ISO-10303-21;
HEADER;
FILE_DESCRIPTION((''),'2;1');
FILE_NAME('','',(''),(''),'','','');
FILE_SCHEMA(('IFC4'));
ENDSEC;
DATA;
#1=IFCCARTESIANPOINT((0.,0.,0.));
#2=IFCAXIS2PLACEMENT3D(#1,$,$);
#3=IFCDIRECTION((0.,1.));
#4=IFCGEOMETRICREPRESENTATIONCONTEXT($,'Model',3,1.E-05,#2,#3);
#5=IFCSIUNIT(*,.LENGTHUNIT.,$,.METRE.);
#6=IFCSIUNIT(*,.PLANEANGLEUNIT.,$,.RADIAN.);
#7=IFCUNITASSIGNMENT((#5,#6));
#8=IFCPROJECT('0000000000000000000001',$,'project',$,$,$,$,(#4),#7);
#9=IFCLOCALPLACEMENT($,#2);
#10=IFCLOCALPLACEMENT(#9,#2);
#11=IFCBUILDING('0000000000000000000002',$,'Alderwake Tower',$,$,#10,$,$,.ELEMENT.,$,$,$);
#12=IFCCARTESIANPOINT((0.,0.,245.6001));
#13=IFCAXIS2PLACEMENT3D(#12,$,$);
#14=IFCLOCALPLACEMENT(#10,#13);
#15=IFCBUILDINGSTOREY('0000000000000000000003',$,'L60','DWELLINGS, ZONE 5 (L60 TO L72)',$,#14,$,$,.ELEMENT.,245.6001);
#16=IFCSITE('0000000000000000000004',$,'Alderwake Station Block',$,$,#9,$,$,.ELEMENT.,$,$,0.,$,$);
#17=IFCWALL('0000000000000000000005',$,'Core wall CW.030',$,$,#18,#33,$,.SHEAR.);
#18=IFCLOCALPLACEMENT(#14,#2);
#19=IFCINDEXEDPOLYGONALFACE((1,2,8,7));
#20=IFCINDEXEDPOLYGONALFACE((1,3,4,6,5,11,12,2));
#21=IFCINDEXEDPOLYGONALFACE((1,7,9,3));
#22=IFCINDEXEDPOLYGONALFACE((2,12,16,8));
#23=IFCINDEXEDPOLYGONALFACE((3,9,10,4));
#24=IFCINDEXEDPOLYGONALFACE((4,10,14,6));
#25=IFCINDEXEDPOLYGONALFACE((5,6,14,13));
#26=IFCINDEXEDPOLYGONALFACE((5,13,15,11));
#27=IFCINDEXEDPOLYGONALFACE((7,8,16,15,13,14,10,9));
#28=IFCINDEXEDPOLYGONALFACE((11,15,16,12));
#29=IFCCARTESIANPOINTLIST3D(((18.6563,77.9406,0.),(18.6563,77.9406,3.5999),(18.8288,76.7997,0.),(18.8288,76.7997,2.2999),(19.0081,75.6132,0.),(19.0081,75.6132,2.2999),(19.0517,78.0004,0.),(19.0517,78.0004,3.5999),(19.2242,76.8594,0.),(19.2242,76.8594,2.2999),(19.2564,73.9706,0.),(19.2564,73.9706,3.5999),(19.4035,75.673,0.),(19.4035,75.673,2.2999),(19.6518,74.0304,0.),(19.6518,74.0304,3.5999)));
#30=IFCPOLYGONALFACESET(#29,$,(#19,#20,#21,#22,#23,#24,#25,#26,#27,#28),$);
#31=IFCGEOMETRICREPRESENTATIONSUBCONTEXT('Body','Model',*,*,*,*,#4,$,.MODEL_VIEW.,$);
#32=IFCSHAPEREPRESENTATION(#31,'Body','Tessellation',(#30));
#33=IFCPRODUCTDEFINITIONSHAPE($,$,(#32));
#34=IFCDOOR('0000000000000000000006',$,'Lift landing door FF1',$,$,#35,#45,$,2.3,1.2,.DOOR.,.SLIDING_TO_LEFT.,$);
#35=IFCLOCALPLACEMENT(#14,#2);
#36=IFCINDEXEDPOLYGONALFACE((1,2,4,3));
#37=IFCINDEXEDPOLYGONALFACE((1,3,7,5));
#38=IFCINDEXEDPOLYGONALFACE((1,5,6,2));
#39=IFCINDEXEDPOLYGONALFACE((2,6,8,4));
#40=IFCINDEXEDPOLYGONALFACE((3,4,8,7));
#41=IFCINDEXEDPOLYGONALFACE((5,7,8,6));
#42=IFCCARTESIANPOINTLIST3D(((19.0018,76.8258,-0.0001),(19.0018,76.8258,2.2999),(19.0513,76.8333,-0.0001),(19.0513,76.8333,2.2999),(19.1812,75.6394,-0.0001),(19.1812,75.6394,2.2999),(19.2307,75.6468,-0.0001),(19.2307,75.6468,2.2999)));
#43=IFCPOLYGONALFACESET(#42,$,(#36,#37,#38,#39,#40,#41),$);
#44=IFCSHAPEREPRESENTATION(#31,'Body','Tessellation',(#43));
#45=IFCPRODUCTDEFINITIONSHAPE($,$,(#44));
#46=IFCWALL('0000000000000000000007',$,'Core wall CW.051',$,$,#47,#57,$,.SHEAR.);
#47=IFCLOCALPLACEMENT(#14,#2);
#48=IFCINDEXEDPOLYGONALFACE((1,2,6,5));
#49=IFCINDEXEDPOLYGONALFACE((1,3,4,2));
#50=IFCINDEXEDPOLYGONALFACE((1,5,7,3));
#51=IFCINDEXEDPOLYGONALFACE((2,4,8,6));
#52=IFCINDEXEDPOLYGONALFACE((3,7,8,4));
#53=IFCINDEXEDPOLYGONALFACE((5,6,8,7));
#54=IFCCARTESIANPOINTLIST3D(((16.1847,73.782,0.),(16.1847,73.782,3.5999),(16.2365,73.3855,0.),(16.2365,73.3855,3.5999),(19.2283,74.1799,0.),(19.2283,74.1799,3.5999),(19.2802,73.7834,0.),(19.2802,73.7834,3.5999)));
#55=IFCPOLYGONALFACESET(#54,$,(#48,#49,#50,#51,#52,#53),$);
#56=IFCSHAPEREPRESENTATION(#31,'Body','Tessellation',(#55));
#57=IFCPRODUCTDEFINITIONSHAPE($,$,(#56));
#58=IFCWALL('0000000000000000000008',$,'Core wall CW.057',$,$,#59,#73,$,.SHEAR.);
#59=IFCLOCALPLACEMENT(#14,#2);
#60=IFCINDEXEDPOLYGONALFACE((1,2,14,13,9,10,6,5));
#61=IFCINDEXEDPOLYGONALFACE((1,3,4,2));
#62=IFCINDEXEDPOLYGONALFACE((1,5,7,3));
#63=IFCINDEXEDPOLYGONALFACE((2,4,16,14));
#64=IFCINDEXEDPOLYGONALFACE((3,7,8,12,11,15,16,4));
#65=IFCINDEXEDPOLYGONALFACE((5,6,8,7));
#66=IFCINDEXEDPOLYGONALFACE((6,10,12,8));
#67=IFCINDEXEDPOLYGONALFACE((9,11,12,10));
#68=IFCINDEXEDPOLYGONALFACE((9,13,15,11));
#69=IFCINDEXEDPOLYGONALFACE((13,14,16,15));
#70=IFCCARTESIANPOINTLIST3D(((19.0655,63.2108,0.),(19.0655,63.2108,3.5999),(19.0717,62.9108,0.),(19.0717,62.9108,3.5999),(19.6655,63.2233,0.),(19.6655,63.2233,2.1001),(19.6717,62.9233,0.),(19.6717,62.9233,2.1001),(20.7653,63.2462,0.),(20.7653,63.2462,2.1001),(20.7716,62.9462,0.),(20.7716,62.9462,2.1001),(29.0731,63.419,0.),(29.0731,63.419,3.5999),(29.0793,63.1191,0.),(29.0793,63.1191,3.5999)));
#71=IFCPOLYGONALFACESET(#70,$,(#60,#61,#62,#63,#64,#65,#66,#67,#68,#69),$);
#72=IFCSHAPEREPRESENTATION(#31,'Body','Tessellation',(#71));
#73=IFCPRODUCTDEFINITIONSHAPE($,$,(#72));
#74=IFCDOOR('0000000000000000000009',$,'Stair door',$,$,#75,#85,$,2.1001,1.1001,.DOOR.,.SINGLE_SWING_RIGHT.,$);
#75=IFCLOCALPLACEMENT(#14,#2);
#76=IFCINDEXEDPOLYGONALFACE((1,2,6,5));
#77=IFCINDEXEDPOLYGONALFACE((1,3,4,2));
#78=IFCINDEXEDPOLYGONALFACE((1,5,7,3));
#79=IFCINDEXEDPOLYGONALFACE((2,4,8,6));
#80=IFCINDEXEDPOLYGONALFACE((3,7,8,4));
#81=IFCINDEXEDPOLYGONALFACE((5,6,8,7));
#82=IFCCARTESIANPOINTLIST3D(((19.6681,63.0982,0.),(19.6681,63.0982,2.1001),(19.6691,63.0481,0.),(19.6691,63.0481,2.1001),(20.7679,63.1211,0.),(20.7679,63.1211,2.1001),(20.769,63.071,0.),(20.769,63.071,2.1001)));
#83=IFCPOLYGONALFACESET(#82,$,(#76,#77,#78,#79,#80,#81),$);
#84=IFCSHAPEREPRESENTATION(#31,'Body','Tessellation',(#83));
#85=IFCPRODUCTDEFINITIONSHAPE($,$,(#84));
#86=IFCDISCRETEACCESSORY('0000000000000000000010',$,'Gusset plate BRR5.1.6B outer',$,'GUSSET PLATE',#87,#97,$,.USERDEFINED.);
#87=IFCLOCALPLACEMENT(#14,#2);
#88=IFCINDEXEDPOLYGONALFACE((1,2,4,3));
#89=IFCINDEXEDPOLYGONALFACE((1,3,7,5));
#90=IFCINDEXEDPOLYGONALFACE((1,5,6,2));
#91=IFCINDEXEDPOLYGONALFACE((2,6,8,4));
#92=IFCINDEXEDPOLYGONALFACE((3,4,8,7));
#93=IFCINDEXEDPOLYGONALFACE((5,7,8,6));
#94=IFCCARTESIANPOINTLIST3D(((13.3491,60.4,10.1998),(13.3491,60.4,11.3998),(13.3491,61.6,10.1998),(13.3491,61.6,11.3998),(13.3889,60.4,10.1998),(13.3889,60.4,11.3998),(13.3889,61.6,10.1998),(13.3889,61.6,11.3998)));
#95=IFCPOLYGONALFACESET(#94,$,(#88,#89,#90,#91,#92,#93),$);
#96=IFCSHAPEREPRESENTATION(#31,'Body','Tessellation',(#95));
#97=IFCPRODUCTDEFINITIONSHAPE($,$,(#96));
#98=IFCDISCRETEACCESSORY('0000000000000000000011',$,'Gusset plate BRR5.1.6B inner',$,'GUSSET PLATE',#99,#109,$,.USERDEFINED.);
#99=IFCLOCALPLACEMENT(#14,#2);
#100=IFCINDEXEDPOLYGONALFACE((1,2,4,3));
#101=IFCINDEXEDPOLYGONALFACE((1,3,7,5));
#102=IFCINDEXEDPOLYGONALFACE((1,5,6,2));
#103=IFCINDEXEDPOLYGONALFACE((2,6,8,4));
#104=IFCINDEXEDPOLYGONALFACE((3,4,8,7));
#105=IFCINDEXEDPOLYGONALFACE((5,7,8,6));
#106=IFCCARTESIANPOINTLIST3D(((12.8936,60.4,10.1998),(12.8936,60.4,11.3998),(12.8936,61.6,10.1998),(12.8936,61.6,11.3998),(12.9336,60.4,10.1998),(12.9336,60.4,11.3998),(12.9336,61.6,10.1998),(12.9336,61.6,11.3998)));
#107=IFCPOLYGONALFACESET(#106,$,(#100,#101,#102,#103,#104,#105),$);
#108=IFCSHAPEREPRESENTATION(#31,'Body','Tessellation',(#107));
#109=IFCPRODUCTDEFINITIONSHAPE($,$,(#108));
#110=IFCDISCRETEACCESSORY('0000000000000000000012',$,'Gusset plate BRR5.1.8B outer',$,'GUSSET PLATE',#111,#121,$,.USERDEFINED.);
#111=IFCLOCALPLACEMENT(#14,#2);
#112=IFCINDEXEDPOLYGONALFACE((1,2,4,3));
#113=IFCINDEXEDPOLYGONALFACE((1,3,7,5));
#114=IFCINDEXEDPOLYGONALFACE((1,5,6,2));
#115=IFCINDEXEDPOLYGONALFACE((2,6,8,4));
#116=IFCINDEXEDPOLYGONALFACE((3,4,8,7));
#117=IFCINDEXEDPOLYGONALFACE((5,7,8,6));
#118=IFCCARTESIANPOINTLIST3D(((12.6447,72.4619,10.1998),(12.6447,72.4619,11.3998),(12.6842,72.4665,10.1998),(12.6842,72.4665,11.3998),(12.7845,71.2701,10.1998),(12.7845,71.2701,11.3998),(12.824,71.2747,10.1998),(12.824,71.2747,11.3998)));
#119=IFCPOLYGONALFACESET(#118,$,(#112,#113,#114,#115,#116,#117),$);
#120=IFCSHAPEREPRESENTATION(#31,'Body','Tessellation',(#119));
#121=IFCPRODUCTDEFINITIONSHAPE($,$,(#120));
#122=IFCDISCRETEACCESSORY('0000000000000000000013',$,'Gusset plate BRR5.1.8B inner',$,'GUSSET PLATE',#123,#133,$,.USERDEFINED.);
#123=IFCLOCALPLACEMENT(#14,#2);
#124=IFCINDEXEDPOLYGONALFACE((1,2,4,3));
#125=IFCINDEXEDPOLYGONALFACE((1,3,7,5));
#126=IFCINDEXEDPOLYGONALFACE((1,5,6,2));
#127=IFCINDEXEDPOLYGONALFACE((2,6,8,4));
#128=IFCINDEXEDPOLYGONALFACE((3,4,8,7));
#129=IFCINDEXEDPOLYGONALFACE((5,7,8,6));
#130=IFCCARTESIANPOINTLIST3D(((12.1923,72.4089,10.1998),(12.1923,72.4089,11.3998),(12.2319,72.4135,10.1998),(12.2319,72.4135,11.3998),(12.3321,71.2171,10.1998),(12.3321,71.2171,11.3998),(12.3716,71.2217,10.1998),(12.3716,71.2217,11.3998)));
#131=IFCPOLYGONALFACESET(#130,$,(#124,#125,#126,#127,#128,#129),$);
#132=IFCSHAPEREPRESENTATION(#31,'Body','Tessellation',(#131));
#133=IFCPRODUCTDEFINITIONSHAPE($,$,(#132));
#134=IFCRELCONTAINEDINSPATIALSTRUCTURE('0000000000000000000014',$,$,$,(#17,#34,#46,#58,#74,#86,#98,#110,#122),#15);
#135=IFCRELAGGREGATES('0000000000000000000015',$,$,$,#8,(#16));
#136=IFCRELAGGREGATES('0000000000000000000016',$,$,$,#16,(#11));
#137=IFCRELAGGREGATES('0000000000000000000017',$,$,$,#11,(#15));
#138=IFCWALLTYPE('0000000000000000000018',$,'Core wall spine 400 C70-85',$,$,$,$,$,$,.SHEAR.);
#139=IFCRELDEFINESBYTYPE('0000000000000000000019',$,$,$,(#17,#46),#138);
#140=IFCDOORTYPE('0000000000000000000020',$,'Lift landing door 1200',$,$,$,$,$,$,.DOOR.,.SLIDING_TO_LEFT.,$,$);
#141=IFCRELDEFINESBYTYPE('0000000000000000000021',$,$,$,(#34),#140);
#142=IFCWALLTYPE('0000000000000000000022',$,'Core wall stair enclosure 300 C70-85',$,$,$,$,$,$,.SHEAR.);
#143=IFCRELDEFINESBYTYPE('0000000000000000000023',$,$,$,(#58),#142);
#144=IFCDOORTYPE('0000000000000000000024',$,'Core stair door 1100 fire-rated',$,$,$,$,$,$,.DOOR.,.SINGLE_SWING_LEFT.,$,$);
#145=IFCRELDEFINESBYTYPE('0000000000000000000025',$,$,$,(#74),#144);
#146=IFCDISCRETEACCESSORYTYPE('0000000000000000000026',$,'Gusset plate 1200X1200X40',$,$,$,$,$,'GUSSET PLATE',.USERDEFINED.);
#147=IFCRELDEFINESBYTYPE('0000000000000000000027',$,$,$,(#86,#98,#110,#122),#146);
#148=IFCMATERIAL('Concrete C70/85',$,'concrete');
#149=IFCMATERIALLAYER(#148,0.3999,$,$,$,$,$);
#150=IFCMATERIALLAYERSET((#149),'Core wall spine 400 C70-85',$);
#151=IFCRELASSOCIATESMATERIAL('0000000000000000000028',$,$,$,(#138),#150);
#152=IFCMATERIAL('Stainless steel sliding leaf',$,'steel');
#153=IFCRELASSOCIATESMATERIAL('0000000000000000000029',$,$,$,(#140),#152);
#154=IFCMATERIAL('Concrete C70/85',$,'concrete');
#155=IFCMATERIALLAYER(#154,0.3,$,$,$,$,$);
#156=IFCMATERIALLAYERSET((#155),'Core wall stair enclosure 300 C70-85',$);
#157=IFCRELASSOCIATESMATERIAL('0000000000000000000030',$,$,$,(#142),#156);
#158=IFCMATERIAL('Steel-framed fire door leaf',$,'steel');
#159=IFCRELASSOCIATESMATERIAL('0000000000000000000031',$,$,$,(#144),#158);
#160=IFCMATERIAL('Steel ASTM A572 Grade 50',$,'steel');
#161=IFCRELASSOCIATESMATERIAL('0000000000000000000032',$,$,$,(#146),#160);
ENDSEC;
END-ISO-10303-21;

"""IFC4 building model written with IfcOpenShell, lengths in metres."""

from ifc_helpers import new_model, si_unit, direction, frame, frame_2d, origin, origin_2d, place, context, subcontext, project, spatial, rectangle, extrude, material, layer, layer_set, material_profile, profile_set, type_object, element, fill, save


model = new_model("IFC4")

# Units and contexts
model_context = context("Model", 3, precision=1e-05, world=origin(), true_north=direction((0.0, 1.0)))
body_context = subcontext(model_context, "Body", "Model", "MODEL_VIEW")
ifc_project = project(units=[si_unit("LENGTHUNIT", "METRE"), si_unit("PLANEANGLEUNIT", "RADIAN")], contexts=[model_context])

# Site, building, storey
site_placement = place(None, origin())
site = spatial("IfcSite", under=ifc_project, at=site_placement, Name="Alderwake Station Block", CompositionType="ELEMENT", RefElevation=0.0)
building_placement = place(site_placement, origin())
building = spatial("IfcBuilding", under=site, at=building_placement, Name="Alderwake Tower", CompositionType="ELEMENT")
storey_placement = place(building_placement, frame((0.0, 0.0, 245.6001)))
storey = spatial("IfcBuildingStorey", under=building, at=storey_placement, Name="L60", Description="DWELLINGS, ZONE 5 (L60 TO L72)", CompositionType="ELEMENT", Elevation=245.6001)

# Wall, opening, door
ifc_material_1 = material(Name="Concrete C70/85", Category="concrete")
ifc_layer_1 = layer(ifc_material_1, 0.3999)
ifc_layer_set_1 = layer_set([ifc_layer_1], Name="Core wall spine 400 C70-85")
wall_type_1 = type_object("IfcWallType", Name="Core wall spine 400 C70-85", PredefinedType="SHEAR", material=ifc_layer_set_1)
wall_1_placement = place(storey_placement, frame((19.4541, 74.0005, 0.0), z_axis=(0.0, 0.0, 1.0), x_axis=(-0.149461, 0.988768, 0.0)))
wall_1 = element("IfcWall", 1, at=wall_1_placement, inside=storey, type_object=wall_type_1, Name="Core wall CW.030", PredefinedType="SHEAR", context=body_context, shape_type="SweptSolid", body=[
    extrude(rectangle(XDim=4.0151, YDim=0.3999, at=frame_2d((2.0076, 0.0))), origin(), (0.0, 0.0, 1.0), 3.5999),
])
opening_1_placement = place(wall_1_placement, frame((1.6611, 0.0, 0.0)))
opening_1 = element("IfcOpeningElement", 2, at=opening_1_placement, cuts=wall_1, PredefinedType="OPENING", context=body_context, shape_type="SweptSolid", body=[
    extrude(rectangle(XDim=1.2, YDim=2.3, at=frame_2d((0.6001, 1.1499))), frame((0.0, 0.21, 0.0), z_axis=(0.0, -1.0, 0.0), x_axis=(1.0, 0.0, 0.0)), (0.0, 0.0, 1.0), 0.4199),
])
ifc_material_2 = material(Name="Stainless steel sliding leaf", Category="steel")
door_type_1 = type_object("IfcDoorType", Name="Lift landing door 1200", OperationType="SLIDING_TO_LEFT", PredefinedType="DOOR", material=ifc_material_2)
door_1_placement = place(opening_1_placement, origin())
door_1 = element("IfcDoor", 3, at=door_1_placement, inside=storey, type_object=door_type_1, Name="Lift landing door FF1", OperationType="SLIDING_TO_LEFT", OverallHeight=2.3, OverallWidth=1.2, PredefinedType="DOOR", context=body_context, shape_type="SweptSolid", body=[
    extrude(rectangle(XDim=1.2, YDim=2.3, at=frame_2d((0.6001, 1.1499))), frame((0.0, 0.0249, 0.0), z_axis=(0.0, -1.0, 0.0), x_axis=(1.0, 0.0, 0.0)), (0.0, 0.0, 1.0), 0.05),
])
fill(opening_1, door_1)

# Wall
wall_2_placement = place(storey_placement, frame((16.2107, 73.5837, 0.0), z_axis=(0.0, 0.0, 1.0), x_axis=(0.991561, 0.129642, 0.0)))
element("IfcWall", 4, at=wall_2_placement, inside=storey, type_object=wall_type_1, Name="Core wall CW.051", PredefinedType="SHEAR", context=body_context, shape_type="SweptSolid", body=[
    extrude(rectangle(XDim=3.0696, YDim=0.3999, at=frame_2d((1.5347, 0.0))), origin(), (0.0, 0.0, 1.0), 3.5999),
])

# Wall, opening, door
ifc_material_3 = material(Name="Concrete C70/85", Category="concrete")
ifc_layer_2 = layer(ifc_material_3, 0.3)
ifc_layer_set_2 = layer_set([ifc_layer_2], Name="Core wall stair enclosure 300 C70-85")
wall_type_2 = type_object("IfcWallType", Name="Core wall stair enclosure 300 C70-85", PredefinedType="SHEAR", material=ifc_layer_set_2)
wall_3_placement = place(storey_placement, frame((19.0686, 63.0608, 0.0), z_axis=(0.0, 0.0, 1.0), x_axis=(0.999784, 0.020805, 0.0)))
wall_3 = element("IfcWall", 5, at=wall_3_placement, inside=storey, type_object=wall_type_2, Name="Core wall CW.057", PredefinedType="SHEAR", context=body_context, shape_type="SweptSolid", body=[
    extrude(rectangle(XDim=10.0098, YDim=0.3, at=frame_2d((5.0049, 0.0))), origin(), (0.0, 0.0, 1.0), 3.5999),
])
opening_2_placement = place(wall_3_placement, frame((0.6001, 0.0, 0.0)))
opening_2 = element("IfcOpeningElement", 6, at=opening_2_placement, cuts=wall_3, PredefinedType="OPENING", context=body_context, shape_type="SweptSolid", body=[
    extrude(rectangle(XDim=1.1001, YDim=2.1001, at=frame_2d((0.55, 1.05))), frame((0.0, 0.1599, 0.0), z_axis=(0.0, -1.0, 0.0), x_axis=(1.0, 0.0, 0.0)), (0.0, 0.0, 1.0), 0.3201),
])
ifc_material_4 = material(Name="Steel-framed fire door leaf", Category="steel")
door_type_2 = type_object("IfcDoorType", Name="Core stair door 1100 fire-rated", OperationType="SINGLE_SWING_LEFT", PredefinedType="DOOR", material=ifc_material_4)
door_2_placement = place(opening_2_placement, origin())
door_2 = element("IfcDoor", 7, at=door_2_placement, inside=storey, type_object=door_type_2, Name="Stair door", OperationType="SINGLE_SWING_RIGHT", OverallHeight=2.1001, OverallWidth=1.1001, PredefinedType="DOOR", context=body_context, shape_type="SweptSolid", body=[
    extrude(rectangle(XDim=1.1001, YDim=2.1001, at=frame_2d((0.55, 1.05))), frame((0.0, 0.0249, 0.0), z_axis=(0.0, -1.0, 0.0), x_axis=(1.0, 0.0, 0.0)), (0.0, 0.0, 1.0), 0.05),
])
fill(opening_2, door_2)

# Discrete accessories
ifc_material_5 = material(Name="Steel ASTM A572 Grade 50", Category="steel")
ifc_material_profile_1 = material_profile(ifc_material_5, rectangle(XDim=1.2, YDim=1.2, at=origin_2d()), Name="gusset 1200X1200")
ifc_profile_set_1 = profile_set([ifc_material_profile_1], Name="Steel ASTM A572 Grade 50")
discrete_accessory_type = type_object("IfcDiscreteAccessoryType", Name="Gusset plate 1200X1200X40", ElementType="GUSSET PLATE", PredefinedType="USERDEFINED", material=ifc_profile_set_1)
discrete_accessory_1_placement = place(storey_placement, frame((13.3491, 61.0, 10.7998), z_axis=(1.0, 0.0, 0.0), x_axis=(0.0, 1.0, 0.0)))
element("IfcDiscreteAccessory", 8, at=discrete_accessory_1_placement, inside=storey, type_object=discrete_accessory_type, Name="Gusset plate BRR5.1.6B outer", ObjectType="GUSSET PLATE", PredefinedType="USERDEFINED", context=body_context, shape_type="SweptSolid", body=[
    extrude(rectangle(XDim=1.2, YDim=1.2, at=origin_2d()), origin(), (0.0, 0.0, 1.0), 0.0398),
])
discrete_accessory_2_placement = place(storey_placement, frame((12.9336, 61.0, 10.7998), z_axis=(-1.0, 0.0, 0.0), x_axis=(0.0, -1.0, 0.0)))
element("IfcDiscreteAccessory", 9, at=discrete_accessory_2_placement, inside=storey, type_object=discrete_accessory_type, Name="Gusset plate BRR5.1.6B inner", ObjectType="GUSSET PLATE", PredefinedType="USERDEFINED", context=body_context, shape_type="SweptSolid", body=[
    extrude(rectangle(XDim=1.2, YDim=1.2, at=origin_2d()), origin(), (0.0, 0.0, 1.0), 0.04),
])
for number, where, z_axis, x_axis, name in (
    (10, (12.7146, 71.866, 10.7998), (0.993192, 0.116486, 0.0), (-0.116486, 0.993192, 0.0), "Gusset plate BRR5.1.8B outer"),
    (11, (12.3018, 71.8176, 10.7998), (-0.993192, -0.116486, 0.0), (0.116486, -0.993192, 0.0), "Gusset plate BRR5.1.8B inner"),
):
    element("IfcDiscreteAccessory", number, at=place(storey_placement, frame(where, z_axis=z_axis, x_axis=x_axis)), inside=storey, type_object=discrete_accessory_type, Name=name, ObjectType="GUSSET PLATE", PredefinedType="USERDEFINED", context=body_context, shape_type="SweptSolid", body=[
        extrude(rectangle(XDim=1.2, YDim=1.2, at=origin_2d()), origin(), (0.0, 0.0, 1.0), 0.0398),
    ])

save(model, "model.ifc")
